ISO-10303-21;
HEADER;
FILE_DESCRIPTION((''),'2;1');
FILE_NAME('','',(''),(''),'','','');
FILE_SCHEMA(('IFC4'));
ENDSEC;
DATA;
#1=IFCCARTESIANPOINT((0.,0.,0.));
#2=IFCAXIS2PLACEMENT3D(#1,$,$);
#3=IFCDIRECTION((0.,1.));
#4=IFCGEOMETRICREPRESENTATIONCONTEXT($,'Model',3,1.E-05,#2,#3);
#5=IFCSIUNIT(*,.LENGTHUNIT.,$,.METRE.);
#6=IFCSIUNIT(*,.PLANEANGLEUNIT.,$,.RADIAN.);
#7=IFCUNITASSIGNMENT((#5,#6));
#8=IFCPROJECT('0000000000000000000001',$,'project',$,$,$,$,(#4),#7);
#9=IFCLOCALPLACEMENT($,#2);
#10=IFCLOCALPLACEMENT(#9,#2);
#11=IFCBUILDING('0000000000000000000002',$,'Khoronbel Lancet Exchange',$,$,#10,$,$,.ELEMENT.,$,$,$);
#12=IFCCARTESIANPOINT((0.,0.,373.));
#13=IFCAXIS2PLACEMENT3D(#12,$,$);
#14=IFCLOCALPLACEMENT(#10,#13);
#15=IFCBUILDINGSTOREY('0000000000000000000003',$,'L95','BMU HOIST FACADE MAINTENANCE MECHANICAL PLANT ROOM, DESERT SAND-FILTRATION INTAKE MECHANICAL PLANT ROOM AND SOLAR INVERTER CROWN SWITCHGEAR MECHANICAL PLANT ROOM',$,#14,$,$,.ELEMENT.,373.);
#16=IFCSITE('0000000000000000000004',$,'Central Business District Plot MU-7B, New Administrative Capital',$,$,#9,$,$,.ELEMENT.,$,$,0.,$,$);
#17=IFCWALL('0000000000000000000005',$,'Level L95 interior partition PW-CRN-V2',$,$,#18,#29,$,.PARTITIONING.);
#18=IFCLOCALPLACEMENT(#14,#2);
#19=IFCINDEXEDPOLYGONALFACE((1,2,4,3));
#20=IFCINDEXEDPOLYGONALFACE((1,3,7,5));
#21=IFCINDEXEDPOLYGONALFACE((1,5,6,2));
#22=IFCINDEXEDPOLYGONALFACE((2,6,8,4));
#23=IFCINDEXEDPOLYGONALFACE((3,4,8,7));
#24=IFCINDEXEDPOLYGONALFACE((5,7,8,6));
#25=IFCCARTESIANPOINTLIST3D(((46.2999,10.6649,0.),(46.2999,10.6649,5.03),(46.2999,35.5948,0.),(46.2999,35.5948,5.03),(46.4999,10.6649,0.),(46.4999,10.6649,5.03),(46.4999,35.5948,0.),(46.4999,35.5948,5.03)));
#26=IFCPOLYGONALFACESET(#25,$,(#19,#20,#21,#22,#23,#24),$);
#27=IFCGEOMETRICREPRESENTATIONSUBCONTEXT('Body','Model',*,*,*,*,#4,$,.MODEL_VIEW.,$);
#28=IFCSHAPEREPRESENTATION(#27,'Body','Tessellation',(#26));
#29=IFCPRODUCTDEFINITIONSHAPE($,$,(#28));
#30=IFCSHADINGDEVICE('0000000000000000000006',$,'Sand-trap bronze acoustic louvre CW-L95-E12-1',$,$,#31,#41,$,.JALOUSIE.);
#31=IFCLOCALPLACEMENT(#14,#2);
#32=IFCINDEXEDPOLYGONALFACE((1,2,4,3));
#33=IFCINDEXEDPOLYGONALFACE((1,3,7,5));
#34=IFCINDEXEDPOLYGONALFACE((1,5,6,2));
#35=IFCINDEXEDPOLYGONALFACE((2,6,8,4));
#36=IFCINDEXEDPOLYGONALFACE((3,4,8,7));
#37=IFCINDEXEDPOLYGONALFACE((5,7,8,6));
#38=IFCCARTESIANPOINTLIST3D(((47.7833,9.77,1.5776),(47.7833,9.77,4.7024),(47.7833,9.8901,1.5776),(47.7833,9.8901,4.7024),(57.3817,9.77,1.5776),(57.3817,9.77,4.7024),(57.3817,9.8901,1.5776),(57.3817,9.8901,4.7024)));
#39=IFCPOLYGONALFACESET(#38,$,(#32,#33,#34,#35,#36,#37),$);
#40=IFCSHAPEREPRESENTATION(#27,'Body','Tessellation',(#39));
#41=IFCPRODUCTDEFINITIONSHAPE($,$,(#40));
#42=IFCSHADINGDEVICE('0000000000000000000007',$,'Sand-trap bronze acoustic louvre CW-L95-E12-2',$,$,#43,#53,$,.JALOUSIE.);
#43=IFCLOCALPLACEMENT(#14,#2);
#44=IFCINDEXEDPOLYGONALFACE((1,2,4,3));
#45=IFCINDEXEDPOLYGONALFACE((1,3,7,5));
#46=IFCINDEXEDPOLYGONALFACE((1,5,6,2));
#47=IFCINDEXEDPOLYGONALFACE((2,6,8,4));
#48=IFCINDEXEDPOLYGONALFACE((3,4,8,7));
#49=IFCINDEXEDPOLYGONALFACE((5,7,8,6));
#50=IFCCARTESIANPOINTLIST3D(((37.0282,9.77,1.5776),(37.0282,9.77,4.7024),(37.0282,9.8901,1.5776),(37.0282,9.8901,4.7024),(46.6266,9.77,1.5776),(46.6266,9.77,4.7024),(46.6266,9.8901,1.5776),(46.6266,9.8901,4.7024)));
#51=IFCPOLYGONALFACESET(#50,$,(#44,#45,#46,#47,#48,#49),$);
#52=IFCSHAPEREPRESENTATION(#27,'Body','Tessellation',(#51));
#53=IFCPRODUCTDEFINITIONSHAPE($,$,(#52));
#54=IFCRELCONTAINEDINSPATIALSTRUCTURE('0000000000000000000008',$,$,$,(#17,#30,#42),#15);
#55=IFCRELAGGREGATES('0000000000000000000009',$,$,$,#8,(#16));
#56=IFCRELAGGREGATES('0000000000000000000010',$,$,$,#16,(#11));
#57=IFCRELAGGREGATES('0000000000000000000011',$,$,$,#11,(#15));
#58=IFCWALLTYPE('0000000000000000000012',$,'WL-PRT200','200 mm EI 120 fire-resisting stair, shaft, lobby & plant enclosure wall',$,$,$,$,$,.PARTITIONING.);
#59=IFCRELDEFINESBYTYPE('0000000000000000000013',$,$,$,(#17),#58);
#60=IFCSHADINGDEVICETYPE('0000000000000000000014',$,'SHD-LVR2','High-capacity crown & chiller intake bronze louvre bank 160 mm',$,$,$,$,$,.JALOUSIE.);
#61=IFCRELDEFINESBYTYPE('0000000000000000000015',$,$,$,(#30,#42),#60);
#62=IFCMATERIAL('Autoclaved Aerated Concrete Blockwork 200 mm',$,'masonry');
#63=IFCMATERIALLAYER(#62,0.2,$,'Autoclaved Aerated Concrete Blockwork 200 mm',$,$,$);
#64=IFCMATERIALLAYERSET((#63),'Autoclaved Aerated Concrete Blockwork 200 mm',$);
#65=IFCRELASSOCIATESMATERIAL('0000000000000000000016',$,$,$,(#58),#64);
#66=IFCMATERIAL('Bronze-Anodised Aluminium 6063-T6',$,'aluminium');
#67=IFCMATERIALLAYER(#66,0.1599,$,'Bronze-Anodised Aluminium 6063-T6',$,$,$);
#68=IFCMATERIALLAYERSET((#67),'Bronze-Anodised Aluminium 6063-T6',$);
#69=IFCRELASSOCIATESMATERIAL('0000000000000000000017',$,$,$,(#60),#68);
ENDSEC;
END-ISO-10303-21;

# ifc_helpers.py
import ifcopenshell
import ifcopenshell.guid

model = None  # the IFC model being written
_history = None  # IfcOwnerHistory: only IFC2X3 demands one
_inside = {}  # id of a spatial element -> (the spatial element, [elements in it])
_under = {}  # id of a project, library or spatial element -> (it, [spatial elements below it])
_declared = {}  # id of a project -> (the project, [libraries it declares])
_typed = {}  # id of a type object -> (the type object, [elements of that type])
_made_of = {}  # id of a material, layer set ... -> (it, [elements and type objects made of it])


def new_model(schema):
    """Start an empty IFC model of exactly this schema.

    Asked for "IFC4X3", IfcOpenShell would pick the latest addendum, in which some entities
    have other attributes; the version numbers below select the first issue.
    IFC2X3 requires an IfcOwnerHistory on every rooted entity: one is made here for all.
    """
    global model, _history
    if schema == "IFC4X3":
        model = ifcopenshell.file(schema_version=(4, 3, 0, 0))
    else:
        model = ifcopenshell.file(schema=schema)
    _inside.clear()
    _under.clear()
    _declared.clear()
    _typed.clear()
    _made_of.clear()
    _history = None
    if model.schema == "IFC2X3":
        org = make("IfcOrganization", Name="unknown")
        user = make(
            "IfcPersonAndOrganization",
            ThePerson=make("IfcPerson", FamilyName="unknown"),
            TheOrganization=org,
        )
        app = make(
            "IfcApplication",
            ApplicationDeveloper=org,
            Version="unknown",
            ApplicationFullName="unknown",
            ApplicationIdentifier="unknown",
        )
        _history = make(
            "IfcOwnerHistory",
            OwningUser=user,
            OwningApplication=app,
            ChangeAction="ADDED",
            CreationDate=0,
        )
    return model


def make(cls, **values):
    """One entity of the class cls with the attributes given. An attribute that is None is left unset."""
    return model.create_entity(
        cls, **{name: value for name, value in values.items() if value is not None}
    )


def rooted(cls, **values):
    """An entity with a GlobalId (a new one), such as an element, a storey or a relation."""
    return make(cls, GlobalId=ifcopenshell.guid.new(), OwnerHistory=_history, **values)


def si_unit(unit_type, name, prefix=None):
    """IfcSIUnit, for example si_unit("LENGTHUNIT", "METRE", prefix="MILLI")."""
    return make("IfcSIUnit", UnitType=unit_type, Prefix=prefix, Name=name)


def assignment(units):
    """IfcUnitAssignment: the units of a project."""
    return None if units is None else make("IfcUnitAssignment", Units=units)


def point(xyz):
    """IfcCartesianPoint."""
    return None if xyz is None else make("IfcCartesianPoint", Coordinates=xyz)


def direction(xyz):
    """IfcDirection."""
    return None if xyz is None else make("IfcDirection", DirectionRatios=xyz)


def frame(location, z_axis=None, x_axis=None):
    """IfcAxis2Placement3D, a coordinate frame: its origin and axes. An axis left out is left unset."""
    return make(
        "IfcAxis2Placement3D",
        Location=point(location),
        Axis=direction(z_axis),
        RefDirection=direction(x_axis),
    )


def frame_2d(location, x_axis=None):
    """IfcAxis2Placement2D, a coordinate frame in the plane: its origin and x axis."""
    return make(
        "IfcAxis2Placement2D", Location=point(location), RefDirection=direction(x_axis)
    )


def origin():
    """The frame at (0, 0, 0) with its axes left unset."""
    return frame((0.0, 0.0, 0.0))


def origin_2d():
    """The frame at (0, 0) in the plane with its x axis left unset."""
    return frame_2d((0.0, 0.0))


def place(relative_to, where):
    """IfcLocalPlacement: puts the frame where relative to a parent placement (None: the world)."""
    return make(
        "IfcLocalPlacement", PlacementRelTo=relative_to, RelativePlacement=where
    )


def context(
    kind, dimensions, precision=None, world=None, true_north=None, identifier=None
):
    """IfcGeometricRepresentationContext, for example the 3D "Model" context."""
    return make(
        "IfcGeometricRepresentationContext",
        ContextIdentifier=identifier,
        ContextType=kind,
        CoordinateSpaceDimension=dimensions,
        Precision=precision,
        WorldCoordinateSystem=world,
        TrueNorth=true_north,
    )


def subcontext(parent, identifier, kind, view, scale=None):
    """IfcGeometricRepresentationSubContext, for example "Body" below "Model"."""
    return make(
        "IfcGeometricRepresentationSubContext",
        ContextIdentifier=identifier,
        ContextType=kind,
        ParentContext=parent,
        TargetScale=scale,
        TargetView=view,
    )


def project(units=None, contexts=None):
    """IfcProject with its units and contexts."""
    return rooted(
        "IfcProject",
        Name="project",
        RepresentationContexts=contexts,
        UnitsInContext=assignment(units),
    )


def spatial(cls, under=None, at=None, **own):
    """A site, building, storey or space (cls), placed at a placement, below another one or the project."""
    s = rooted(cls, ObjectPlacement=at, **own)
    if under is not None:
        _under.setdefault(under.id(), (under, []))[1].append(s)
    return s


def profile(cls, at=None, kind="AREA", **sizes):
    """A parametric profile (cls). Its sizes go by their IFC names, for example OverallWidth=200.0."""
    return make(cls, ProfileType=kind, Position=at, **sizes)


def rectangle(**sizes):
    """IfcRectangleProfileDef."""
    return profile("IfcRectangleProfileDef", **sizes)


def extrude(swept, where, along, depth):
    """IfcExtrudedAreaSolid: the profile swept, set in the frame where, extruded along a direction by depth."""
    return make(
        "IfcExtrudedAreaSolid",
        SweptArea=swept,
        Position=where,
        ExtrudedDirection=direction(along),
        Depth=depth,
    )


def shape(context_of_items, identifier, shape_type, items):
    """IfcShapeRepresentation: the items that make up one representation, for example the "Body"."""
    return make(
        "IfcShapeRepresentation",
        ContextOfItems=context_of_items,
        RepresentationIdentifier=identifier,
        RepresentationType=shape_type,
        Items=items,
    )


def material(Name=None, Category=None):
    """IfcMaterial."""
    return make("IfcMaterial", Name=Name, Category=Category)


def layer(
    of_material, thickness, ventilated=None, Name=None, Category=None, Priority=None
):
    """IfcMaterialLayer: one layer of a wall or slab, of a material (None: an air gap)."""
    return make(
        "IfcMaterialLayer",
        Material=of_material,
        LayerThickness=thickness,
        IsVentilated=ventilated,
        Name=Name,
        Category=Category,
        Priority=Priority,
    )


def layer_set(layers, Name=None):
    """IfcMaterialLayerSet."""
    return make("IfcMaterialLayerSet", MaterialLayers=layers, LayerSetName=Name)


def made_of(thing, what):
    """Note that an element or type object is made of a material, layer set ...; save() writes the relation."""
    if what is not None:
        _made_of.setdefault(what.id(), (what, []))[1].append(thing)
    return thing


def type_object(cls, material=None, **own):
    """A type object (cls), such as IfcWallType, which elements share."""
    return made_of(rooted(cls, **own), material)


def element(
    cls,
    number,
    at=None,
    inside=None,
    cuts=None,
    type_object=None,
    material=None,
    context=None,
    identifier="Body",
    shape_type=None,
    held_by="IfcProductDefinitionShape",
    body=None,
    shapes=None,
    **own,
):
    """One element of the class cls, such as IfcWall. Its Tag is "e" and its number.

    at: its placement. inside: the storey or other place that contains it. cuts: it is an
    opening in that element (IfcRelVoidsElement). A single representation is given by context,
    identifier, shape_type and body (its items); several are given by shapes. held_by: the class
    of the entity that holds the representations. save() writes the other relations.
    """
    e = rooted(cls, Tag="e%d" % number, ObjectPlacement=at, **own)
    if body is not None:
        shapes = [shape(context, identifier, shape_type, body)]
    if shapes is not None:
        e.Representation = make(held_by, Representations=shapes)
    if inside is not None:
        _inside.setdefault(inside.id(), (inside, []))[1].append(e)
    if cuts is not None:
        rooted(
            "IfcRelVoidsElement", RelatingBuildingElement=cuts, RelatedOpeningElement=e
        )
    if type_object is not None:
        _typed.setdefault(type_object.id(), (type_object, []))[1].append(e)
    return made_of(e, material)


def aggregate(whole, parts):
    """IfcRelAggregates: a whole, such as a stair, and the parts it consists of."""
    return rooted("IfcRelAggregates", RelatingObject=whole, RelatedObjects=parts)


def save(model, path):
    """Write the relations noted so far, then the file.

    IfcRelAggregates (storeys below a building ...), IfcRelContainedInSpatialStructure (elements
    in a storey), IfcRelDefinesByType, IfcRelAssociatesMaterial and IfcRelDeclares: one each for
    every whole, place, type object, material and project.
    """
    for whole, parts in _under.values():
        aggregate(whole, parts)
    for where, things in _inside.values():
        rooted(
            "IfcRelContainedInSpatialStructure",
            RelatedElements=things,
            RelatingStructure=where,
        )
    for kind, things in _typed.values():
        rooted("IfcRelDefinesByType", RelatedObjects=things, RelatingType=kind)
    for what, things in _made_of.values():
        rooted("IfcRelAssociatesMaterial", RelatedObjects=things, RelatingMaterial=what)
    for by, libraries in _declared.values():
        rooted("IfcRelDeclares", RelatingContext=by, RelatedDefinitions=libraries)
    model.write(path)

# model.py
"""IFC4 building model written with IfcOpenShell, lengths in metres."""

from ifc_helpers import new_model, si_unit, direction, frame, frame_2d, origin, origin_2d, place, context, subcontext, project, spatial, rectangle, extrude, material, layer, layer_set, type_object, element, save


model = new_model("IFC4")

# Units and contexts
model_context = context("Model", 3, precision=1e-05, world=origin(), true_north=direction((0.0, 1.0)))
body_context = subcontext(model_context, "Body", "Model", "MODEL_VIEW")
ifc_project = project(units=[si_unit("LENGTHUNIT", "METRE"), si_unit("PLANEANGLEUNIT", "RADIAN")], contexts=[model_context])

# Site, building, storey
site_placement = place(None, origin())
site = spatial("IfcSite", under=ifc_project, at=site_placement, Name="Central Business District Plot MU-7B, New Administrative Capital", CompositionType="ELEMENT", RefElevation=0.0)
building_placement = place(site_placement, origin())
building = spatial("IfcBuilding", under=site, at=building_placement, Name="Khoronbel Lancet Exchange", CompositionType="ELEMENT")
storey_placement = place(building_placement, frame((0.0, 0.0, 373.0)))
storey = spatial("IfcBuildingStorey", under=building, at=storey_placement, Name="L95", Description="BMU HOIST FACADE MAINTENANCE MECHANICAL PLANT ROOM, DESERT SAND-FILTRATION INTAKE MECHANICAL PLANT ROOM AND SOLAR INVERTER CROWN SWITCHGEAR MECHANICAL PLANT ROOM", CompositionType="ELEMENT", Elevation=373.0)

# Shared definitions
ifc_material_1 = material(Name="Bronze-Anodised Aluminium 6063-T6", Category="aluminium")

# Wall
ifc_material_2 = material(Name="Autoclaved Aerated Concrete Blockwork 200 mm", Category="masonry")
ifc_layer_1 = layer(ifc_material_2, 0.2, Name="Autoclaved Aerated Concrete Blockwork 200 mm")
ifc_layer_set_1 = layer_set([ifc_layer_1], Name="Autoclaved Aerated Concrete Blockwork 200 mm")
wall_type_1 = type_object("IfcWallType", Name="WL-PRT200", Description="200 mm EI 120 fire-resisting stair, shaft, lobby & plant enclosure wall", PredefinedType="PARTITIONING", material=ifc_layer_set_1)
wall_1_placement = place(storey_placement, frame((46.3999, 10.665, 0.0), z_axis=(0.0, 0.0, 1.0), x_axis=(0.0, 1.0, 0.0)))
element("IfcWall", 1, at=wall_1_placement, inside=storey, type_object=wall_type_1, Name="Level L95 interior partition PW-CRN-V2", PredefinedType="PARTITIONING", context=body_context, shape_type="SweptSolid", body=[
    extrude(rectangle(XDim=24.9299, YDim=0.2, at=frame_2d((12.4648, 0.0))), origin(), (0.0, 0.0, 1.0), 5.03),
])

# Shading devices
ifc_layer_2 = layer(ifc_material_1, 0.1599, Name="Bronze-Anodised Aluminium 6063-T6")
ifc_layer_set_2 = layer_set([ifc_layer_2], Name="Bronze-Anodised Aluminium 6063-T6")
shading_device_type = type_object("IfcShadingDeviceType", Name="SHD-LVR2", Description="High-capacity crown & chiller intake bronze louvre bank 160 mm", PredefinedType="JALOUSIE", material=ifc_layer_set_2)
for number, where, z_axis, x_axis, name in (
    (2, (52.5825, 9.8301, 1.5776), (0.0, 0.0, 1.0), (-1.0, 0.0, 0.0), "Sand-trap bronze acoustic louvre CW-L95-E12-1"),
    (3, (41.8274, 9.8301, 1.5776), (0.0, 0.0, 1.0), (-1.0, 0.0, 0.0), "Sand-trap bronze acoustic louvre CW-L95-E12-2"),
):
    element("IfcShadingDevice", number, at=place(storey_placement, frame(where, z_axis=z_axis, x_axis=x_axis)), inside=storey, type_object=shading_device_type, Name=name, PredefinedType="JALOUSIE", context=body_context, shape_type="SweptSolid", body=[
        extrude(rectangle(XDim=9.5984, YDim=0.1201, at=origin_2d()), origin(), (0.0, 0.0, 1.0), 3.1248),
    ])

save(model, "model.ifc")
